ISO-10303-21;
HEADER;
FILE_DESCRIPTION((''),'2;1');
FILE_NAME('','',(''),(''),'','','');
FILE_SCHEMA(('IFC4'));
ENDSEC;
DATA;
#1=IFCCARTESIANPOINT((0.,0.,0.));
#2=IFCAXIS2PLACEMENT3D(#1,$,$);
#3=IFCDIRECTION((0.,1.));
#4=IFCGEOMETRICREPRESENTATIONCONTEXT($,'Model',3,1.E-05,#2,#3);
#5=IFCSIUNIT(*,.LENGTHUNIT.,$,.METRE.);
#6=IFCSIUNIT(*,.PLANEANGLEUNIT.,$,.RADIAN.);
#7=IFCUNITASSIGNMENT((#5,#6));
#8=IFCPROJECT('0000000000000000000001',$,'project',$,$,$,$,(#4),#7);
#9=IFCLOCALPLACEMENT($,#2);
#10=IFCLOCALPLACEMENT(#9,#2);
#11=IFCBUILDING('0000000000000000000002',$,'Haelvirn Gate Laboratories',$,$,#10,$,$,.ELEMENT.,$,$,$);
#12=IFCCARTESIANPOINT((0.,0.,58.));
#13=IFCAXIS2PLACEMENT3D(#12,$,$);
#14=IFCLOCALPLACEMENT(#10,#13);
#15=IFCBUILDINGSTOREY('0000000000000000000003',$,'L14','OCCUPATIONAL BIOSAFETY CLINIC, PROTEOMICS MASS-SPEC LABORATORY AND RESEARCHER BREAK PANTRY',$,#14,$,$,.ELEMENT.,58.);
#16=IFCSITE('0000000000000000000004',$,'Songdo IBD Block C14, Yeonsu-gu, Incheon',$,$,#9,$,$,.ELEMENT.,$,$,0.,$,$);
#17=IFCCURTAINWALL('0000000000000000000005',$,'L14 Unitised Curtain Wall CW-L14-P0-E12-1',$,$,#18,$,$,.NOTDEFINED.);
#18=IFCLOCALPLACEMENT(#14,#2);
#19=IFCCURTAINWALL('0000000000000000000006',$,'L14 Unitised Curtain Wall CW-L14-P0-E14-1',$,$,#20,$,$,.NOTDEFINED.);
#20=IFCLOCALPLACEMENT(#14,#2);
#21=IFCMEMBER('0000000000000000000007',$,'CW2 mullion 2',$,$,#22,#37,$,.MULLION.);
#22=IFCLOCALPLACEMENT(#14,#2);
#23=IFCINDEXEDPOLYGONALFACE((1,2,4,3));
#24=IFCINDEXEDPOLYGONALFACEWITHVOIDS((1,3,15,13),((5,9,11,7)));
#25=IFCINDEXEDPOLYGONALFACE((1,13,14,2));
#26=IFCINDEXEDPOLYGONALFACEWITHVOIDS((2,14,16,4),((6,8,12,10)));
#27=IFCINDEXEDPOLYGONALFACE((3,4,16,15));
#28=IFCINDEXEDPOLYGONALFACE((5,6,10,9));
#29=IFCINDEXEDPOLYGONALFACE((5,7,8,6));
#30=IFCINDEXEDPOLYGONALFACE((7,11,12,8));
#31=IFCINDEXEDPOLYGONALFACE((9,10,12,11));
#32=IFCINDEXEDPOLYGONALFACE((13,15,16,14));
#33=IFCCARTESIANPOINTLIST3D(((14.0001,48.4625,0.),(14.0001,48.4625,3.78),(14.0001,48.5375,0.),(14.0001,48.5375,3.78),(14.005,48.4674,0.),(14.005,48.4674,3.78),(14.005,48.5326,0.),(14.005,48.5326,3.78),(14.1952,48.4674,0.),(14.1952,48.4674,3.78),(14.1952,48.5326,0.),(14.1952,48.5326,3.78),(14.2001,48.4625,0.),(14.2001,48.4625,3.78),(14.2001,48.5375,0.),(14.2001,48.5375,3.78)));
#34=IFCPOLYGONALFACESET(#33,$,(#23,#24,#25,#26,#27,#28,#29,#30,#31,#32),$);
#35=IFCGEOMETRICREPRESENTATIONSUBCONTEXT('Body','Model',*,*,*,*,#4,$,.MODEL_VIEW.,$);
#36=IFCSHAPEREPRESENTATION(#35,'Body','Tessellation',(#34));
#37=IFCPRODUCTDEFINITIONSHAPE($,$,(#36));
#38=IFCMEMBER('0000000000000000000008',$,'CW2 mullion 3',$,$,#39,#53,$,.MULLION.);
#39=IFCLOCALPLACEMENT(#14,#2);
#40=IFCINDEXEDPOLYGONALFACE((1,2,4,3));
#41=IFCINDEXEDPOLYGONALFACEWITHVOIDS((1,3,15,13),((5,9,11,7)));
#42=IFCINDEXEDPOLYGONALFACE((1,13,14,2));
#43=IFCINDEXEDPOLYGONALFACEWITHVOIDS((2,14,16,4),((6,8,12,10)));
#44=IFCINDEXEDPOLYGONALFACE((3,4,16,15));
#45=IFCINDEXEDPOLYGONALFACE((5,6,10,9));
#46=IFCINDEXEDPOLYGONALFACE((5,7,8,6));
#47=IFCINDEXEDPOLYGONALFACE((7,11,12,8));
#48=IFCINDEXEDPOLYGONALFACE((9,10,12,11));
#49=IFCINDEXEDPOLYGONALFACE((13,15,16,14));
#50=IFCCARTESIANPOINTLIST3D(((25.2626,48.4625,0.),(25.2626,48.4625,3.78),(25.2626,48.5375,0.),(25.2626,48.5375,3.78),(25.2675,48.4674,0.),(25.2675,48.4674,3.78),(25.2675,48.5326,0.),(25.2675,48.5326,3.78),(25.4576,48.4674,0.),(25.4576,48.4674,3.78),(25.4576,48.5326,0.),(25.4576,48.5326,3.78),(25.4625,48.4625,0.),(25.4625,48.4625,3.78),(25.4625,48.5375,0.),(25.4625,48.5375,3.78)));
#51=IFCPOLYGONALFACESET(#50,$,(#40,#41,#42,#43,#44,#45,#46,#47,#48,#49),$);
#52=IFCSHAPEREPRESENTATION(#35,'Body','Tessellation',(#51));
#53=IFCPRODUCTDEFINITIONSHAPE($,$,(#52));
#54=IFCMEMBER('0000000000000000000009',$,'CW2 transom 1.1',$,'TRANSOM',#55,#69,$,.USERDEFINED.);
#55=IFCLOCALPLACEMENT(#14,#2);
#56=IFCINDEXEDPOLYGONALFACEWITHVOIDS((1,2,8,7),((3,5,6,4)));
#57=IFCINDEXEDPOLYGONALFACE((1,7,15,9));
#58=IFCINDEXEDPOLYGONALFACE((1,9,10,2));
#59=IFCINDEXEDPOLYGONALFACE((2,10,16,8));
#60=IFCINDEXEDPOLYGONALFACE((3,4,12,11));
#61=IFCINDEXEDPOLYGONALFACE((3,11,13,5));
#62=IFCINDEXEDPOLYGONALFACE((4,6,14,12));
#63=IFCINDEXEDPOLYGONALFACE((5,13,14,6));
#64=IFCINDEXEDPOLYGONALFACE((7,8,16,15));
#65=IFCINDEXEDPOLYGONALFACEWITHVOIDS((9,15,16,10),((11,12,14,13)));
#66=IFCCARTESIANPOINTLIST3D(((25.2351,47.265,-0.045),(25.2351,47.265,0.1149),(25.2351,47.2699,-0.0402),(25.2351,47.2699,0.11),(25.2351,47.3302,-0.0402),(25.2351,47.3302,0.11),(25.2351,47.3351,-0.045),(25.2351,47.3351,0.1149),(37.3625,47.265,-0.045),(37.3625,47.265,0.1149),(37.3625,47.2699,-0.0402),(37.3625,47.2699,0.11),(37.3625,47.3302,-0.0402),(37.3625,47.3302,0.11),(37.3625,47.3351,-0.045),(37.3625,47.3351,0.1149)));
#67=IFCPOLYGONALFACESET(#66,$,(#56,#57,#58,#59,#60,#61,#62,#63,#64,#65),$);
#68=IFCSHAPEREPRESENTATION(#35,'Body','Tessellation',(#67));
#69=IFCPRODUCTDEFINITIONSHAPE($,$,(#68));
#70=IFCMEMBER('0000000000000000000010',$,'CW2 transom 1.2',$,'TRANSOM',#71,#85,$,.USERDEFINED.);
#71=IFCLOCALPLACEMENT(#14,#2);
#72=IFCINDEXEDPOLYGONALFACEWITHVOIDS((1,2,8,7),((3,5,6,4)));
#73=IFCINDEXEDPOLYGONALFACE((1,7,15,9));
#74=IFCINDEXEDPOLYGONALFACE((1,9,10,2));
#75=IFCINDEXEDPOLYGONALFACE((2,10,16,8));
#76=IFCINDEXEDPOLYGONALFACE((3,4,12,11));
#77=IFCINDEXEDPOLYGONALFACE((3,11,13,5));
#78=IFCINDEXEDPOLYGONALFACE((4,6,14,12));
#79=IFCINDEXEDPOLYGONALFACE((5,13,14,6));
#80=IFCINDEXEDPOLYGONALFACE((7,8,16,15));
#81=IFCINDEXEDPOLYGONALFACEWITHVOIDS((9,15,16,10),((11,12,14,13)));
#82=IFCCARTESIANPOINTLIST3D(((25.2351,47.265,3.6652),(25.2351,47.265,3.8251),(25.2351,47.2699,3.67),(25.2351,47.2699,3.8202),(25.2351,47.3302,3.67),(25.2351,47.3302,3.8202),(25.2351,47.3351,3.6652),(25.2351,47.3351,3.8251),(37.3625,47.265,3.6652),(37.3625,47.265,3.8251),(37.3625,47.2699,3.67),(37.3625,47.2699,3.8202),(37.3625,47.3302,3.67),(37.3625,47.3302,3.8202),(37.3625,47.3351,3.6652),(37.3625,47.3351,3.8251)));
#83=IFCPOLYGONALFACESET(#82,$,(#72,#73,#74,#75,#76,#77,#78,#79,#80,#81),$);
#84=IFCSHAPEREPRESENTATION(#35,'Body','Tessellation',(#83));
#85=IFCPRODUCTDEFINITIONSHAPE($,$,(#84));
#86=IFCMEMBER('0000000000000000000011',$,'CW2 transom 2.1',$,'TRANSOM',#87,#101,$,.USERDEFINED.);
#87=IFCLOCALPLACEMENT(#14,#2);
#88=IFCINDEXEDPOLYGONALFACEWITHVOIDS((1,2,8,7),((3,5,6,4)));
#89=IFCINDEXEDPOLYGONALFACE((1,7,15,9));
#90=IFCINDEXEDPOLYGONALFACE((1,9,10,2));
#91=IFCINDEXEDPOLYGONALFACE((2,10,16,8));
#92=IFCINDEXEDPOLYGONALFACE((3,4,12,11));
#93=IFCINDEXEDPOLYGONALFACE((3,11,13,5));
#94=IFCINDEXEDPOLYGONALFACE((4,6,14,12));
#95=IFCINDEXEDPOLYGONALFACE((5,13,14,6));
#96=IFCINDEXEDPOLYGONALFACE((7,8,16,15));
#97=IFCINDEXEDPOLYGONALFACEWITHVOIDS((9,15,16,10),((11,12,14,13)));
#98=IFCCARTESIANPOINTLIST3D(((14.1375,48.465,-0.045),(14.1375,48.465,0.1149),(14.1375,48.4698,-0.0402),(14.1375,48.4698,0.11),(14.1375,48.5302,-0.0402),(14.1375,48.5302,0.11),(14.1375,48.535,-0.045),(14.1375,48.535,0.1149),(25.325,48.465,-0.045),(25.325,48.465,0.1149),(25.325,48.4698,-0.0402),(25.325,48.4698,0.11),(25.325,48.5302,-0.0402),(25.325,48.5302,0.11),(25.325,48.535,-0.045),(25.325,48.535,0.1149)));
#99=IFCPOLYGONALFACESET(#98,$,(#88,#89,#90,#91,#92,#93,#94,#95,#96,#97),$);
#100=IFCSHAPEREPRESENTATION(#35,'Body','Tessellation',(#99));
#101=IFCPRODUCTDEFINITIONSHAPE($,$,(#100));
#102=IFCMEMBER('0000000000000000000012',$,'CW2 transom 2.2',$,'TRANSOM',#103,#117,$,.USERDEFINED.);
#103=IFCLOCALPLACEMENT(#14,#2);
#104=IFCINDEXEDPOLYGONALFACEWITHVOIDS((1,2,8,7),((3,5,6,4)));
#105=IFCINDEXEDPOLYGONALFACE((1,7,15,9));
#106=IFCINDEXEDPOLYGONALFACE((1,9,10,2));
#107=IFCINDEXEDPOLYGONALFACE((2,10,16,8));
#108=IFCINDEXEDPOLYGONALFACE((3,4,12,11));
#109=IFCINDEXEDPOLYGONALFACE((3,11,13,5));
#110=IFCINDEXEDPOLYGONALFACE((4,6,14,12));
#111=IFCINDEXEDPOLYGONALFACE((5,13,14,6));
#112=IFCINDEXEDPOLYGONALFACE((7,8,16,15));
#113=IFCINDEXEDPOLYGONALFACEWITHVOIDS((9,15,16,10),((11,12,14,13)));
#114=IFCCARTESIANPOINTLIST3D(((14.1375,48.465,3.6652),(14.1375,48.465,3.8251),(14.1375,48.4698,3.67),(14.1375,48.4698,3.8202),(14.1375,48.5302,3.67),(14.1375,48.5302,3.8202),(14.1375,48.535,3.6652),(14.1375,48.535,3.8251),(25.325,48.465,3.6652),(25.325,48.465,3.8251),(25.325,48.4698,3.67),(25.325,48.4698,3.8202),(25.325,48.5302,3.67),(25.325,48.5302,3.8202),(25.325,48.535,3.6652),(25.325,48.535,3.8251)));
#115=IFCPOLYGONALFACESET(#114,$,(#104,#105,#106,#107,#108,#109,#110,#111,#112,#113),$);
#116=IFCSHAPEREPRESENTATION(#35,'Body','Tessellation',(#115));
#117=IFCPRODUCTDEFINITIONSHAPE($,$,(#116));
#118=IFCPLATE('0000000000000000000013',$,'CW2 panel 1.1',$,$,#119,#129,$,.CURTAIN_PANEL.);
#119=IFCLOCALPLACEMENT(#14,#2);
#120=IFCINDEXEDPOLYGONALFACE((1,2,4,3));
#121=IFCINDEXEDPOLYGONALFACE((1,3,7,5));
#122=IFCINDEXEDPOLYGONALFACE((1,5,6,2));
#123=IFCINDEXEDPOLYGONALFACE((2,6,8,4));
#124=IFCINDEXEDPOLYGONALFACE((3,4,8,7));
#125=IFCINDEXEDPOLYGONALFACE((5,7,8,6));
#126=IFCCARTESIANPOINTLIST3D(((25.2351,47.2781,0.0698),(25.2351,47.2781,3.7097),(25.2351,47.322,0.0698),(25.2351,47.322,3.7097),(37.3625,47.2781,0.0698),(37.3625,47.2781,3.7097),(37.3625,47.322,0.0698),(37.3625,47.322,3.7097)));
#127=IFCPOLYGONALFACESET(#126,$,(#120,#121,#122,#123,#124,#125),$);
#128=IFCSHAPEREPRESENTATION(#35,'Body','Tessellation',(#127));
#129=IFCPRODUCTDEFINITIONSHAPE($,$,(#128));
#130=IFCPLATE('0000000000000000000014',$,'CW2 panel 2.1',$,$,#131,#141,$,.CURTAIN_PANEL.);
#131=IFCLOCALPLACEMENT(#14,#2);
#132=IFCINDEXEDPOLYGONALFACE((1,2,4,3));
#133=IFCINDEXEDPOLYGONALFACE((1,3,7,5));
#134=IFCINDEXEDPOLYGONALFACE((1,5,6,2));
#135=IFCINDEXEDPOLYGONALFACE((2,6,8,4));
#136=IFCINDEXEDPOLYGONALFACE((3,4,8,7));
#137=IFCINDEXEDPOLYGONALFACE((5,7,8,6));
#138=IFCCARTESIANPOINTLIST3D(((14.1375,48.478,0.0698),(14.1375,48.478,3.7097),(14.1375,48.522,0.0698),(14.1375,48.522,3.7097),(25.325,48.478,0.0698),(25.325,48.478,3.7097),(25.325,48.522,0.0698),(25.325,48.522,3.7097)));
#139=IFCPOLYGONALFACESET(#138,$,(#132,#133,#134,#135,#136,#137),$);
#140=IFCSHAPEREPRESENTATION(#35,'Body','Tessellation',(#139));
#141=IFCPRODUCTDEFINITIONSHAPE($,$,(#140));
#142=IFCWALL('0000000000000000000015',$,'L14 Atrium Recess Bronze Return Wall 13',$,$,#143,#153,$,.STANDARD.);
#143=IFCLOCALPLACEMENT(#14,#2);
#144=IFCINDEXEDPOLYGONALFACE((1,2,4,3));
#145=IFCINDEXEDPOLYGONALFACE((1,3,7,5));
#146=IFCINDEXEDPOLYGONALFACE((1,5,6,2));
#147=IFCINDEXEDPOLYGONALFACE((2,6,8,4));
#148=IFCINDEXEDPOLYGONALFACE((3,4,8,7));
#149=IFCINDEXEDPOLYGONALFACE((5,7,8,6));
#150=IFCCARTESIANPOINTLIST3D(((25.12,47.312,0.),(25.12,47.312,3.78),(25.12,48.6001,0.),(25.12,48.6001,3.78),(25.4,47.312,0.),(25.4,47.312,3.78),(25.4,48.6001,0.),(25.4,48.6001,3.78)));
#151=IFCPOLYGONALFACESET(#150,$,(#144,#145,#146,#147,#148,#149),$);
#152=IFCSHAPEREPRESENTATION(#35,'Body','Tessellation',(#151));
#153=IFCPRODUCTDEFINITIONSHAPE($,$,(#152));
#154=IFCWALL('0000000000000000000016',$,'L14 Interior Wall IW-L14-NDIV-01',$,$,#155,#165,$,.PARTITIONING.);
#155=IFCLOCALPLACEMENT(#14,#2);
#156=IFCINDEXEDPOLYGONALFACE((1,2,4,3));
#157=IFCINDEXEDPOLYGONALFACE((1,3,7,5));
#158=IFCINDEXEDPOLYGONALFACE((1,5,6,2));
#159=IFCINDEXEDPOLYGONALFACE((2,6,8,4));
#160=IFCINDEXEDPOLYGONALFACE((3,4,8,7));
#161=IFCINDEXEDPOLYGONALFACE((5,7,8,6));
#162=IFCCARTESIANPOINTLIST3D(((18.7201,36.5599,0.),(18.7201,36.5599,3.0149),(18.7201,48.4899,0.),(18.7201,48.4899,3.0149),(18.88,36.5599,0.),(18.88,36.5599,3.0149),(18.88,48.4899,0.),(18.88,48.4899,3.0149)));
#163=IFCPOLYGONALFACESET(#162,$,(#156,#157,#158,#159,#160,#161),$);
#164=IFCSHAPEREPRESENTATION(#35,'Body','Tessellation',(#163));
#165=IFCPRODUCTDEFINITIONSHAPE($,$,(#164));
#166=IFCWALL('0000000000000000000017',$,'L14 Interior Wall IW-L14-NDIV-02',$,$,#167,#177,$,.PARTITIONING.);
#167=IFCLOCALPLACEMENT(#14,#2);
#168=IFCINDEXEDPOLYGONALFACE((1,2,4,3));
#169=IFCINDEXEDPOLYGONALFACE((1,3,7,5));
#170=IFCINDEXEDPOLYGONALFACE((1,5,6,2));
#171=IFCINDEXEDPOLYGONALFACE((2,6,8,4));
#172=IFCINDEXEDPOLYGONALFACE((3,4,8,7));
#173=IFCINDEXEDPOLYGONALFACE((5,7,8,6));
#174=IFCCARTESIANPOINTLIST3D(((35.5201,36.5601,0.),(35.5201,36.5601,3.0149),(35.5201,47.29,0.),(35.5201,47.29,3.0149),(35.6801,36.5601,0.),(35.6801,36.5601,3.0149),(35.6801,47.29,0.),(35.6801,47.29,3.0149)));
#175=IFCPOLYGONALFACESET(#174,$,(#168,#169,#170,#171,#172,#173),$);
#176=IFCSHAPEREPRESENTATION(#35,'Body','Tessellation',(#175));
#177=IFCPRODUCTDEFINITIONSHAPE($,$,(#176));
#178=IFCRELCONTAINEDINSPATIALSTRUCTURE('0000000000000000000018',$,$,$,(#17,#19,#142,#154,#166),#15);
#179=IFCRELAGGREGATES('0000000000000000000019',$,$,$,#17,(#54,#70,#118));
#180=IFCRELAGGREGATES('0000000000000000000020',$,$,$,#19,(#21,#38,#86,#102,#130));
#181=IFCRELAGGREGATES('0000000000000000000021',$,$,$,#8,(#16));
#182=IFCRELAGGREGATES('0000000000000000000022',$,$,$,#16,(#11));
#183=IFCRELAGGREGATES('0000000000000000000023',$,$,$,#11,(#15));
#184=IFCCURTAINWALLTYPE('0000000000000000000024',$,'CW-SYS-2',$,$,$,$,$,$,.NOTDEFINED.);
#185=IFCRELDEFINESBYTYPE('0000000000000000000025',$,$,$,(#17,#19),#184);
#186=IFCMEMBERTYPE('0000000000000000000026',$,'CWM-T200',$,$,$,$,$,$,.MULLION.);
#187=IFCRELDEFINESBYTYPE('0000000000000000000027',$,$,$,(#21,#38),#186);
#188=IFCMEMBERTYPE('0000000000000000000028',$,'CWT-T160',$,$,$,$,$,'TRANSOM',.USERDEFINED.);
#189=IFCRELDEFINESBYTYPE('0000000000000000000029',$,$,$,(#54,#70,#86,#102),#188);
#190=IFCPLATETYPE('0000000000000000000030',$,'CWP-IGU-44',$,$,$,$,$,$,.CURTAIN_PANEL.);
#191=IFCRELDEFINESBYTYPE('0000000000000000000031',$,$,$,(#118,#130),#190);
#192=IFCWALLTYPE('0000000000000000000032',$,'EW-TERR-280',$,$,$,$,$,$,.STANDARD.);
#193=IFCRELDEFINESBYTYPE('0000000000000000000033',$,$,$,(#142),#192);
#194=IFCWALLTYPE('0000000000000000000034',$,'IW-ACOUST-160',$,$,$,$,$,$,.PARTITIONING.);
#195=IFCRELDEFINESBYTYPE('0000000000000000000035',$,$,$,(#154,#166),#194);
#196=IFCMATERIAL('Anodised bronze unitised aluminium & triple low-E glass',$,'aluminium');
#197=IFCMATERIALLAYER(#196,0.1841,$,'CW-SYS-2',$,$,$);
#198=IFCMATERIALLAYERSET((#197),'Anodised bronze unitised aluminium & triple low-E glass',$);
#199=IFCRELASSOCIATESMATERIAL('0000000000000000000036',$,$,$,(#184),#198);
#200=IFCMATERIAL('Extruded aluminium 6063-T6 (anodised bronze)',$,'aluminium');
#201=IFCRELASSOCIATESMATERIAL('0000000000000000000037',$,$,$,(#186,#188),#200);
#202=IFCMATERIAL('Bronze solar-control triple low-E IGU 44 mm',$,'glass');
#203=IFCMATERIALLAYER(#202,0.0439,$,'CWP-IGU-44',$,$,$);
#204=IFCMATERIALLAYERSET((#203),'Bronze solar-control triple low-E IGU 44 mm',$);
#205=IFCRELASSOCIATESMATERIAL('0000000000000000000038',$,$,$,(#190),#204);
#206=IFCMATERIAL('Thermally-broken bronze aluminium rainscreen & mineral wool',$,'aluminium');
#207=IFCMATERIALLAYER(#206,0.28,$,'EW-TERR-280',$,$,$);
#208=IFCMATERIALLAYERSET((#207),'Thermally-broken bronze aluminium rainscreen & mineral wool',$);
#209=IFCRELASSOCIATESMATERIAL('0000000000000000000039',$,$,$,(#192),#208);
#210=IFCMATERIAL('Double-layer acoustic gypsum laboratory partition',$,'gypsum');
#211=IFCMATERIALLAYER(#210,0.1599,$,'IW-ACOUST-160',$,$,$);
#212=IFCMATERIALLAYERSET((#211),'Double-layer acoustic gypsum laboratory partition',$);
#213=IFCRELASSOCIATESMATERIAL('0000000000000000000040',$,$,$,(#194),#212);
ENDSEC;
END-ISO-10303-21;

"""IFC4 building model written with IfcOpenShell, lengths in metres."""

from ifc_helpers import new_model, si_unit, direction, frame, frame_2d, origin, origin_2d, place, context, subcontext, project, spatial, rectangle, hollow_rectangle, extrude, source, transform, mapped, material, layer, layer_set, material_profile, profile_set, type_object, type_shapes, element, aggregate, save


model = new_model("IFC4")

# Units and contexts
model_context = context("Model", 3, precision=1e-05, world=origin(), true_north=direction((0.0, 1.0)))
body_context = subcontext(model_context, "Body", "Model", "MODEL_VIEW")
ifc_project = project(units=[si_unit("LENGTHUNIT", "METRE"), si_unit("PLANEANGLEUNIT", "RADIAN")], contexts=[model_context])

# Site, building, storey
site_placement = place(None, origin())
site = spatial("IfcSite", under=ifc_project, at=site_placement, Name="Songdo IBD Block C14, Yeonsu-gu, Incheon", CompositionType="ELEMENT", RefElevation=0.0)
building_placement = place(site_placement, origin())
building = spatial("IfcBuilding", under=site, at=building_placement, Name="Haelvirn Gate Laboratories", CompositionType="ELEMENT")
storey_placement = place(building_placement, frame((0.0, 0.0, 58.0)))
storey = spatial("IfcBuildingStorey", under=building, at=storey_placement, Name="L14", Description="OCCUPATIONAL BIOSAFETY CLINIC, PROTEOMICS MASS-SPEC LABORATORY AND RESEARCHER BREAK PANTRY", CompositionType="ELEMENT", Elevation=58.0)

# Curtain wall
ifc_material_1 = material(Name="Anodised bronze unitised aluminium & triple low-E glass", Category="aluminium")
ifc_layer_1 = layer(ifc_material_1, 0.1841, Name="CW-SYS-2")
ifc_layer_set_1 = layer_set([ifc_layer_1], Name="Anodised bronze unitised aluminium & triple low-E glass")
curtain_wall_type = type_object("IfcCurtainWallType", Name="CW-SYS-2", PredefinedType="NOTDEFINED", material=ifc_layer_set_1)
curtain_wall_1_placement = place(storey_placement, origin())
curtain_wall_1 = element("IfcCurtainWall", 1, at=curtain_wall_1_placement, inside=storey, type_object=curtain_wall_type, Name="L14 Unitised Curtain Wall CW-L14-P0-E12-1", PredefinedType="NOTDEFINED")
ifc_material_2 = material(Name="Extruded aluminium 6063-T6 (anodised bronze)", Category="aluminium")
ifc_material_profile_1 = material_profile(ifc_material_2, hollow_rectangle(XDim=0.075, YDim=0.2, WallThickness=0.0049, at=origin_2d()), Name="CWM-200x75x5")
ifc_profile_set_1 = profile_set([ifc_material_profile_1], Name="Extruded aluminium 6063-T6 (anodised bronze)")
member_type_1 = type_object("IfcMemberType", Name="CWM-T200", PredefinedType="MULLION", material=ifc_profile_set_1)
shared_shape_1 = source(origin(), body_context, "Body", "SweptSolid", [
    extrude(hollow_rectangle(XDim=0.075, YDim=0.2, WallThickness=0.0049, at=origin_2d()), origin(), (0.0, 0.0, 1.0), 3.78),
])
type_shapes(member_type_1, [shared_shape_1])

# Curtain wall, members
curtain_wall_2_placement = place(storey_placement, origin())
curtain_wall_2 = element("IfcCurtainWall", 2, at=curtain_wall_2_placement, inside=storey, type_object=curtain_wall_type, Name="L14 Unitised Curtain Wall CW-L14-P0-E14-1", PredefinedType="NOTDEFINED")
member_1_placement = place(storey_placement, frame((14.1001, 48.5, 0.0), z_axis=(0.0, 0.0, 1.0), x_axis=(0.0, 1.0, 0.0)))
member_1 = element("IfcMember", 3, at=member_1_placement, type_object=member_type_1, Name="CW2 mullion 2", PredefinedType="MULLION", context=body_context, shape_type="MappedRepresentation", body=[
    mapped(shared_shape_1, transform((0.0, 0.0, 0.0), scale=1.0)),
])
member_2_placement = place(storey_placement, frame((25.3625, 48.5, 0.0), z_axis=(0.0, 0.0, 1.0), x_axis=(0.0, 1.0, 0.0)))
member_2 = element("IfcMember", 4, at=member_2_placement, type_object=member_type_1, Name="CW2 mullion 3", PredefinedType="MULLION", context=body_context, shape_type="MappedRepresentation", body=[
    mapped(shared_shape_1, transform((0.0, 0.0, 0.0), scale=1.0)),
])

# Members
ifc_material_profile_2 = material_profile(ifc_material_2, hollow_rectangle(XDim=0.0701, YDim=0.1599, WallThickness=0.0049, at=origin_2d()), Name="CWT-160x70x5")
ifc_profile_set_2 = profile_set([ifc_material_profile_2], Name="Extruded aluminium 6063-T6 (anodised bronze)")
member_type_2 = type_object("IfcMemberType", Name="CWT-T160", ElementType="TRANSOM", PredefinedType="USERDEFINED", material=ifc_profile_set_2)
shared_shape_2 = source(origin(), body_context, "Body", "SweptSolid", [
    extrude(hollow_rectangle(XDim=0.0701, YDim=0.1599, WallThickness=0.0049, at=origin_2d()), origin(), (0.0, 0.0, 1.0), 12.1274),
])
member_3_placement = place(storey_placement, frame((25.2351, 47.3, 0.0349), z_axis=(1.0, 0.0, 0.0), x_axis=(0.0, 1.0, 0.0)))
member_3 = element("IfcMember", 5, at=member_3_placement, type_object=member_type_2, Name="CW2 transom 1.1", ObjectType="TRANSOM", PredefinedType="USERDEFINED", context=body_context, shape_type="MappedRepresentation", body=[
    mapped(shared_shape_2, transform((0.0, 0.0, 0.0), scale=1.0)),
])
member_4_placement = place(storey_placement, frame((25.2351, 47.3, 3.7451), z_axis=(1.0, 0.0, 0.0), x_axis=(0.0, 1.0, 0.0)))
member_4 = element("IfcMember", 6, at=member_4_placement, type_object=member_type_2, Name="CW2 transom 1.2", ObjectType="TRANSOM", PredefinedType="USERDEFINED", context=body_context, shape_type="MappedRepresentation", body=[
    mapped(shared_shape_2, transform((0.0, 0.0, 0.0), scale=1.0)),
])
shared_shape_3 = source(origin(), body_context, "Body", "SweptSolid", [
    extrude(hollow_rectangle(XDim=0.0701, YDim=0.1599, WallThickness=0.0049, at=origin_2d()), origin(), (0.0, 0.0, 1.0), 11.1875),
])
type_shapes(member_type_2, [shared_shape_2, shared_shape_3])
member_5_placement = place(storey_placement, frame((14.1375, 48.5, 0.0349), z_axis=(1.0, 0.0, 0.0), x_axis=(0.0, 1.0, 0.0)))
member_5 = element("IfcMember", 7, at=member_5_placement, type_object=member_type_2, Name="CW2 transom 2.1", ObjectType="TRANSOM", PredefinedType="USERDEFINED", context=body_context, shape_type="MappedRepresentation", body=[
    mapped(shared_shape_3, transform((0.0, 0.0, 0.0), scale=1.0)),
])
member_6_placement = place(storey_placement, frame((14.1375, 48.5, 3.7451), z_axis=(1.0, 0.0, 0.0), x_axis=(0.0, 1.0, 0.0)))
member_6 = element("IfcMember", 8, at=member_6_placement, type_object=member_type_2, Name="CW2 transom 2.2", ObjectType="TRANSOM", PredefinedType="USERDEFINED", context=body_context, shape_type="MappedRepresentation", body=[
    mapped(shared_shape_3, transform((0.0, 0.0, 0.0), scale=1.0)),
])

# Plates
ifc_material_3 = material(Name="Bronze solar-control triple low-E IGU 44 mm", Category="glass")
ifc_layer_2 = layer(ifc_material_3, 0.0439, Name="CWP-IGU-44")
ifc_layer_set_2 = layer_set([ifc_layer_2], Name="Bronze solar-control triple low-E IGU 44 mm")
plate_type = type_object("IfcPlateType", Name="CWP-IGU-44", PredefinedType="CURTAIN_PANEL", material=ifc_layer_set_2)
shared_shape_4 = source(origin(), body_context, "Body", "SweptSolid", [
    extrude(rectangle(XDim=12.1274, YDim=0.0439, at=origin_2d()), origin(), (0.0, 0.0, 1.0), 3.6399),
])
plate_1_placement = place(storey_placement, frame((31.2988, 47.3, 0.0698), z_axis=(0.0, 0.0, 1.0), x_axis=(1.0, 0.0, 0.0)))
plate_1 = element("IfcPlate", 9, at=plate_1_placement, type_object=plate_type, Name="CW2 panel 1.1", PredefinedType="CURTAIN_PANEL", context=body_context, shape_type="MappedRepresentation", body=[
    mapped(shared_shape_4, transform((0.0, 0.0, 0.0), scale=1.0)),
])
aggregate(curtain_wall_1, [member_3, member_4, plate_1])
shared_shape_5 = source(origin(), body_context, "Body", "SweptSolid", [
    extrude(rectangle(XDim=11.1875, YDim=0.0439, at=origin_2d()), origin(), (0.0, 0.0, 1.0), 3.6399),
])
type_shapes(plate_type, [shared_shape_4, shared_shape_5])
plate_2_placement = place(storey_placement, frame((19.7312, 48.5, 0.0698), z_axis=(0.0, 0.0, 1.0), x_axis=(1.0, 0.0, 0.0)))
plate_2 = element("IfcPlate", 10, at=plate_2_placement, type_object=plate_type, Name="CW2 panel 2.1", PredefinedType="CURTAIN_PANEL", context=body_context, shape_type="MappedRepresentation", body=[
    mapped(shared_shape_5, transform((0.0, 0.0, 0.0), scale=1.0)),
])
aggregate(curtain_wall_2, [member_1, member_2, member_5, member_6, plate_2])

# Walls
ifc_material_4 = material(Name="Thermally-broken bronze aluminium rainscreen & mineral wool", Category="aluminium")
ifc_layer_3 = layer(ifc_material_4, 0.28, Name="EW-TERR-280")
ifc_layer_set_3 = layer_set([ifc_layer_3], Name="Thermally-broken bronze aluminium rainscreen & mineral wool")
wall_type_1 = type_object("IfcWallType", Name="EW-TERR-280", PredefinedType="STANDARD", material=ifc_layer_set_3)
wall_1_placement = place(storey_placement, frame((25.26, 47.312, 0.0), z_axis=(0.0, 0.0, 1.0), x_axis=(0.0, 1.0, 0.0)))
element("IfcWall", 11, at=wall_1_placement, inside=storey, type_object=wall_type_1, Name="L14 Atrium Recess Bronze Return Wall 13", PredefinedType="STANDARD", context=body_context, shape_type="SweptSolid", body=[
    extrude(rectangle(XDim=1.2881, YDim=0.28, at=frame_2d((0.644, 0.0))), origin(), (0.0, 0.0, 1.0), 3.78),
])
ifc_material_5 = material(Name="Double-layer acoustic gypsum laboratory partition", Category="gypsum")
ifc_layer_4 = layer(ifc_material_5, 0.1599, Name="IW-ACOUST-160")
ifc_layer_set_4 = layer_set([ifc_layer_4], Name="Double-layer acoustic gypsum laboratory partition")
wall_type_2 = type_object("IfcWallType", Name="IW-ACOUST-160", PredefinedType="PARTITIONING", material=ifc_layer_set_4)
wall_2_placement = place(storey_placement, frame((18.8, 36.5601, 0.0), z_axis=(0.0, 0.0, 1.0), x_axis=(0.0, 1.0, 0.0)))
element("IfcWall", 12, at=wall_2_placement, inside=storey, type_object=wall_type_2, Name="L14 Interior Wall IW-L14-NDIV-01", PredefinedType="PARTITIONING", context=body_context, shape_type="SweptSolid", body=[
    extrude(rectangle(XDim=11.9299, YDim=0.1599, at=frame_2d((5.9648, 0.0))), origin(), (0.0, 0.0, 1.0), 3.0149),
])
wall_3_placement = place(storey_placement, frame((35.6001, 36.5601, 0.0), z_axis=(0.0, 0.0, 1.0), x_axis=(0.0, 1.0, 0.0)))
element("IfcWall", 13, at=wall_3_placement, inside=storey, type_object=wall_type_2, Name="L14 Interior Wall IW-L14-NDIV-02", PredefinedType="PARTITIONING", context=body_context, shape_type="SweptSolid", body=[
    extrude(rectangle(XDim=10.73, YDim=0.1599, at=frame_2d((5.365, 0.0))), origin(), (0.0, 0.0, 1.0), 3.0149),
])

save(model, "model.ifc")
